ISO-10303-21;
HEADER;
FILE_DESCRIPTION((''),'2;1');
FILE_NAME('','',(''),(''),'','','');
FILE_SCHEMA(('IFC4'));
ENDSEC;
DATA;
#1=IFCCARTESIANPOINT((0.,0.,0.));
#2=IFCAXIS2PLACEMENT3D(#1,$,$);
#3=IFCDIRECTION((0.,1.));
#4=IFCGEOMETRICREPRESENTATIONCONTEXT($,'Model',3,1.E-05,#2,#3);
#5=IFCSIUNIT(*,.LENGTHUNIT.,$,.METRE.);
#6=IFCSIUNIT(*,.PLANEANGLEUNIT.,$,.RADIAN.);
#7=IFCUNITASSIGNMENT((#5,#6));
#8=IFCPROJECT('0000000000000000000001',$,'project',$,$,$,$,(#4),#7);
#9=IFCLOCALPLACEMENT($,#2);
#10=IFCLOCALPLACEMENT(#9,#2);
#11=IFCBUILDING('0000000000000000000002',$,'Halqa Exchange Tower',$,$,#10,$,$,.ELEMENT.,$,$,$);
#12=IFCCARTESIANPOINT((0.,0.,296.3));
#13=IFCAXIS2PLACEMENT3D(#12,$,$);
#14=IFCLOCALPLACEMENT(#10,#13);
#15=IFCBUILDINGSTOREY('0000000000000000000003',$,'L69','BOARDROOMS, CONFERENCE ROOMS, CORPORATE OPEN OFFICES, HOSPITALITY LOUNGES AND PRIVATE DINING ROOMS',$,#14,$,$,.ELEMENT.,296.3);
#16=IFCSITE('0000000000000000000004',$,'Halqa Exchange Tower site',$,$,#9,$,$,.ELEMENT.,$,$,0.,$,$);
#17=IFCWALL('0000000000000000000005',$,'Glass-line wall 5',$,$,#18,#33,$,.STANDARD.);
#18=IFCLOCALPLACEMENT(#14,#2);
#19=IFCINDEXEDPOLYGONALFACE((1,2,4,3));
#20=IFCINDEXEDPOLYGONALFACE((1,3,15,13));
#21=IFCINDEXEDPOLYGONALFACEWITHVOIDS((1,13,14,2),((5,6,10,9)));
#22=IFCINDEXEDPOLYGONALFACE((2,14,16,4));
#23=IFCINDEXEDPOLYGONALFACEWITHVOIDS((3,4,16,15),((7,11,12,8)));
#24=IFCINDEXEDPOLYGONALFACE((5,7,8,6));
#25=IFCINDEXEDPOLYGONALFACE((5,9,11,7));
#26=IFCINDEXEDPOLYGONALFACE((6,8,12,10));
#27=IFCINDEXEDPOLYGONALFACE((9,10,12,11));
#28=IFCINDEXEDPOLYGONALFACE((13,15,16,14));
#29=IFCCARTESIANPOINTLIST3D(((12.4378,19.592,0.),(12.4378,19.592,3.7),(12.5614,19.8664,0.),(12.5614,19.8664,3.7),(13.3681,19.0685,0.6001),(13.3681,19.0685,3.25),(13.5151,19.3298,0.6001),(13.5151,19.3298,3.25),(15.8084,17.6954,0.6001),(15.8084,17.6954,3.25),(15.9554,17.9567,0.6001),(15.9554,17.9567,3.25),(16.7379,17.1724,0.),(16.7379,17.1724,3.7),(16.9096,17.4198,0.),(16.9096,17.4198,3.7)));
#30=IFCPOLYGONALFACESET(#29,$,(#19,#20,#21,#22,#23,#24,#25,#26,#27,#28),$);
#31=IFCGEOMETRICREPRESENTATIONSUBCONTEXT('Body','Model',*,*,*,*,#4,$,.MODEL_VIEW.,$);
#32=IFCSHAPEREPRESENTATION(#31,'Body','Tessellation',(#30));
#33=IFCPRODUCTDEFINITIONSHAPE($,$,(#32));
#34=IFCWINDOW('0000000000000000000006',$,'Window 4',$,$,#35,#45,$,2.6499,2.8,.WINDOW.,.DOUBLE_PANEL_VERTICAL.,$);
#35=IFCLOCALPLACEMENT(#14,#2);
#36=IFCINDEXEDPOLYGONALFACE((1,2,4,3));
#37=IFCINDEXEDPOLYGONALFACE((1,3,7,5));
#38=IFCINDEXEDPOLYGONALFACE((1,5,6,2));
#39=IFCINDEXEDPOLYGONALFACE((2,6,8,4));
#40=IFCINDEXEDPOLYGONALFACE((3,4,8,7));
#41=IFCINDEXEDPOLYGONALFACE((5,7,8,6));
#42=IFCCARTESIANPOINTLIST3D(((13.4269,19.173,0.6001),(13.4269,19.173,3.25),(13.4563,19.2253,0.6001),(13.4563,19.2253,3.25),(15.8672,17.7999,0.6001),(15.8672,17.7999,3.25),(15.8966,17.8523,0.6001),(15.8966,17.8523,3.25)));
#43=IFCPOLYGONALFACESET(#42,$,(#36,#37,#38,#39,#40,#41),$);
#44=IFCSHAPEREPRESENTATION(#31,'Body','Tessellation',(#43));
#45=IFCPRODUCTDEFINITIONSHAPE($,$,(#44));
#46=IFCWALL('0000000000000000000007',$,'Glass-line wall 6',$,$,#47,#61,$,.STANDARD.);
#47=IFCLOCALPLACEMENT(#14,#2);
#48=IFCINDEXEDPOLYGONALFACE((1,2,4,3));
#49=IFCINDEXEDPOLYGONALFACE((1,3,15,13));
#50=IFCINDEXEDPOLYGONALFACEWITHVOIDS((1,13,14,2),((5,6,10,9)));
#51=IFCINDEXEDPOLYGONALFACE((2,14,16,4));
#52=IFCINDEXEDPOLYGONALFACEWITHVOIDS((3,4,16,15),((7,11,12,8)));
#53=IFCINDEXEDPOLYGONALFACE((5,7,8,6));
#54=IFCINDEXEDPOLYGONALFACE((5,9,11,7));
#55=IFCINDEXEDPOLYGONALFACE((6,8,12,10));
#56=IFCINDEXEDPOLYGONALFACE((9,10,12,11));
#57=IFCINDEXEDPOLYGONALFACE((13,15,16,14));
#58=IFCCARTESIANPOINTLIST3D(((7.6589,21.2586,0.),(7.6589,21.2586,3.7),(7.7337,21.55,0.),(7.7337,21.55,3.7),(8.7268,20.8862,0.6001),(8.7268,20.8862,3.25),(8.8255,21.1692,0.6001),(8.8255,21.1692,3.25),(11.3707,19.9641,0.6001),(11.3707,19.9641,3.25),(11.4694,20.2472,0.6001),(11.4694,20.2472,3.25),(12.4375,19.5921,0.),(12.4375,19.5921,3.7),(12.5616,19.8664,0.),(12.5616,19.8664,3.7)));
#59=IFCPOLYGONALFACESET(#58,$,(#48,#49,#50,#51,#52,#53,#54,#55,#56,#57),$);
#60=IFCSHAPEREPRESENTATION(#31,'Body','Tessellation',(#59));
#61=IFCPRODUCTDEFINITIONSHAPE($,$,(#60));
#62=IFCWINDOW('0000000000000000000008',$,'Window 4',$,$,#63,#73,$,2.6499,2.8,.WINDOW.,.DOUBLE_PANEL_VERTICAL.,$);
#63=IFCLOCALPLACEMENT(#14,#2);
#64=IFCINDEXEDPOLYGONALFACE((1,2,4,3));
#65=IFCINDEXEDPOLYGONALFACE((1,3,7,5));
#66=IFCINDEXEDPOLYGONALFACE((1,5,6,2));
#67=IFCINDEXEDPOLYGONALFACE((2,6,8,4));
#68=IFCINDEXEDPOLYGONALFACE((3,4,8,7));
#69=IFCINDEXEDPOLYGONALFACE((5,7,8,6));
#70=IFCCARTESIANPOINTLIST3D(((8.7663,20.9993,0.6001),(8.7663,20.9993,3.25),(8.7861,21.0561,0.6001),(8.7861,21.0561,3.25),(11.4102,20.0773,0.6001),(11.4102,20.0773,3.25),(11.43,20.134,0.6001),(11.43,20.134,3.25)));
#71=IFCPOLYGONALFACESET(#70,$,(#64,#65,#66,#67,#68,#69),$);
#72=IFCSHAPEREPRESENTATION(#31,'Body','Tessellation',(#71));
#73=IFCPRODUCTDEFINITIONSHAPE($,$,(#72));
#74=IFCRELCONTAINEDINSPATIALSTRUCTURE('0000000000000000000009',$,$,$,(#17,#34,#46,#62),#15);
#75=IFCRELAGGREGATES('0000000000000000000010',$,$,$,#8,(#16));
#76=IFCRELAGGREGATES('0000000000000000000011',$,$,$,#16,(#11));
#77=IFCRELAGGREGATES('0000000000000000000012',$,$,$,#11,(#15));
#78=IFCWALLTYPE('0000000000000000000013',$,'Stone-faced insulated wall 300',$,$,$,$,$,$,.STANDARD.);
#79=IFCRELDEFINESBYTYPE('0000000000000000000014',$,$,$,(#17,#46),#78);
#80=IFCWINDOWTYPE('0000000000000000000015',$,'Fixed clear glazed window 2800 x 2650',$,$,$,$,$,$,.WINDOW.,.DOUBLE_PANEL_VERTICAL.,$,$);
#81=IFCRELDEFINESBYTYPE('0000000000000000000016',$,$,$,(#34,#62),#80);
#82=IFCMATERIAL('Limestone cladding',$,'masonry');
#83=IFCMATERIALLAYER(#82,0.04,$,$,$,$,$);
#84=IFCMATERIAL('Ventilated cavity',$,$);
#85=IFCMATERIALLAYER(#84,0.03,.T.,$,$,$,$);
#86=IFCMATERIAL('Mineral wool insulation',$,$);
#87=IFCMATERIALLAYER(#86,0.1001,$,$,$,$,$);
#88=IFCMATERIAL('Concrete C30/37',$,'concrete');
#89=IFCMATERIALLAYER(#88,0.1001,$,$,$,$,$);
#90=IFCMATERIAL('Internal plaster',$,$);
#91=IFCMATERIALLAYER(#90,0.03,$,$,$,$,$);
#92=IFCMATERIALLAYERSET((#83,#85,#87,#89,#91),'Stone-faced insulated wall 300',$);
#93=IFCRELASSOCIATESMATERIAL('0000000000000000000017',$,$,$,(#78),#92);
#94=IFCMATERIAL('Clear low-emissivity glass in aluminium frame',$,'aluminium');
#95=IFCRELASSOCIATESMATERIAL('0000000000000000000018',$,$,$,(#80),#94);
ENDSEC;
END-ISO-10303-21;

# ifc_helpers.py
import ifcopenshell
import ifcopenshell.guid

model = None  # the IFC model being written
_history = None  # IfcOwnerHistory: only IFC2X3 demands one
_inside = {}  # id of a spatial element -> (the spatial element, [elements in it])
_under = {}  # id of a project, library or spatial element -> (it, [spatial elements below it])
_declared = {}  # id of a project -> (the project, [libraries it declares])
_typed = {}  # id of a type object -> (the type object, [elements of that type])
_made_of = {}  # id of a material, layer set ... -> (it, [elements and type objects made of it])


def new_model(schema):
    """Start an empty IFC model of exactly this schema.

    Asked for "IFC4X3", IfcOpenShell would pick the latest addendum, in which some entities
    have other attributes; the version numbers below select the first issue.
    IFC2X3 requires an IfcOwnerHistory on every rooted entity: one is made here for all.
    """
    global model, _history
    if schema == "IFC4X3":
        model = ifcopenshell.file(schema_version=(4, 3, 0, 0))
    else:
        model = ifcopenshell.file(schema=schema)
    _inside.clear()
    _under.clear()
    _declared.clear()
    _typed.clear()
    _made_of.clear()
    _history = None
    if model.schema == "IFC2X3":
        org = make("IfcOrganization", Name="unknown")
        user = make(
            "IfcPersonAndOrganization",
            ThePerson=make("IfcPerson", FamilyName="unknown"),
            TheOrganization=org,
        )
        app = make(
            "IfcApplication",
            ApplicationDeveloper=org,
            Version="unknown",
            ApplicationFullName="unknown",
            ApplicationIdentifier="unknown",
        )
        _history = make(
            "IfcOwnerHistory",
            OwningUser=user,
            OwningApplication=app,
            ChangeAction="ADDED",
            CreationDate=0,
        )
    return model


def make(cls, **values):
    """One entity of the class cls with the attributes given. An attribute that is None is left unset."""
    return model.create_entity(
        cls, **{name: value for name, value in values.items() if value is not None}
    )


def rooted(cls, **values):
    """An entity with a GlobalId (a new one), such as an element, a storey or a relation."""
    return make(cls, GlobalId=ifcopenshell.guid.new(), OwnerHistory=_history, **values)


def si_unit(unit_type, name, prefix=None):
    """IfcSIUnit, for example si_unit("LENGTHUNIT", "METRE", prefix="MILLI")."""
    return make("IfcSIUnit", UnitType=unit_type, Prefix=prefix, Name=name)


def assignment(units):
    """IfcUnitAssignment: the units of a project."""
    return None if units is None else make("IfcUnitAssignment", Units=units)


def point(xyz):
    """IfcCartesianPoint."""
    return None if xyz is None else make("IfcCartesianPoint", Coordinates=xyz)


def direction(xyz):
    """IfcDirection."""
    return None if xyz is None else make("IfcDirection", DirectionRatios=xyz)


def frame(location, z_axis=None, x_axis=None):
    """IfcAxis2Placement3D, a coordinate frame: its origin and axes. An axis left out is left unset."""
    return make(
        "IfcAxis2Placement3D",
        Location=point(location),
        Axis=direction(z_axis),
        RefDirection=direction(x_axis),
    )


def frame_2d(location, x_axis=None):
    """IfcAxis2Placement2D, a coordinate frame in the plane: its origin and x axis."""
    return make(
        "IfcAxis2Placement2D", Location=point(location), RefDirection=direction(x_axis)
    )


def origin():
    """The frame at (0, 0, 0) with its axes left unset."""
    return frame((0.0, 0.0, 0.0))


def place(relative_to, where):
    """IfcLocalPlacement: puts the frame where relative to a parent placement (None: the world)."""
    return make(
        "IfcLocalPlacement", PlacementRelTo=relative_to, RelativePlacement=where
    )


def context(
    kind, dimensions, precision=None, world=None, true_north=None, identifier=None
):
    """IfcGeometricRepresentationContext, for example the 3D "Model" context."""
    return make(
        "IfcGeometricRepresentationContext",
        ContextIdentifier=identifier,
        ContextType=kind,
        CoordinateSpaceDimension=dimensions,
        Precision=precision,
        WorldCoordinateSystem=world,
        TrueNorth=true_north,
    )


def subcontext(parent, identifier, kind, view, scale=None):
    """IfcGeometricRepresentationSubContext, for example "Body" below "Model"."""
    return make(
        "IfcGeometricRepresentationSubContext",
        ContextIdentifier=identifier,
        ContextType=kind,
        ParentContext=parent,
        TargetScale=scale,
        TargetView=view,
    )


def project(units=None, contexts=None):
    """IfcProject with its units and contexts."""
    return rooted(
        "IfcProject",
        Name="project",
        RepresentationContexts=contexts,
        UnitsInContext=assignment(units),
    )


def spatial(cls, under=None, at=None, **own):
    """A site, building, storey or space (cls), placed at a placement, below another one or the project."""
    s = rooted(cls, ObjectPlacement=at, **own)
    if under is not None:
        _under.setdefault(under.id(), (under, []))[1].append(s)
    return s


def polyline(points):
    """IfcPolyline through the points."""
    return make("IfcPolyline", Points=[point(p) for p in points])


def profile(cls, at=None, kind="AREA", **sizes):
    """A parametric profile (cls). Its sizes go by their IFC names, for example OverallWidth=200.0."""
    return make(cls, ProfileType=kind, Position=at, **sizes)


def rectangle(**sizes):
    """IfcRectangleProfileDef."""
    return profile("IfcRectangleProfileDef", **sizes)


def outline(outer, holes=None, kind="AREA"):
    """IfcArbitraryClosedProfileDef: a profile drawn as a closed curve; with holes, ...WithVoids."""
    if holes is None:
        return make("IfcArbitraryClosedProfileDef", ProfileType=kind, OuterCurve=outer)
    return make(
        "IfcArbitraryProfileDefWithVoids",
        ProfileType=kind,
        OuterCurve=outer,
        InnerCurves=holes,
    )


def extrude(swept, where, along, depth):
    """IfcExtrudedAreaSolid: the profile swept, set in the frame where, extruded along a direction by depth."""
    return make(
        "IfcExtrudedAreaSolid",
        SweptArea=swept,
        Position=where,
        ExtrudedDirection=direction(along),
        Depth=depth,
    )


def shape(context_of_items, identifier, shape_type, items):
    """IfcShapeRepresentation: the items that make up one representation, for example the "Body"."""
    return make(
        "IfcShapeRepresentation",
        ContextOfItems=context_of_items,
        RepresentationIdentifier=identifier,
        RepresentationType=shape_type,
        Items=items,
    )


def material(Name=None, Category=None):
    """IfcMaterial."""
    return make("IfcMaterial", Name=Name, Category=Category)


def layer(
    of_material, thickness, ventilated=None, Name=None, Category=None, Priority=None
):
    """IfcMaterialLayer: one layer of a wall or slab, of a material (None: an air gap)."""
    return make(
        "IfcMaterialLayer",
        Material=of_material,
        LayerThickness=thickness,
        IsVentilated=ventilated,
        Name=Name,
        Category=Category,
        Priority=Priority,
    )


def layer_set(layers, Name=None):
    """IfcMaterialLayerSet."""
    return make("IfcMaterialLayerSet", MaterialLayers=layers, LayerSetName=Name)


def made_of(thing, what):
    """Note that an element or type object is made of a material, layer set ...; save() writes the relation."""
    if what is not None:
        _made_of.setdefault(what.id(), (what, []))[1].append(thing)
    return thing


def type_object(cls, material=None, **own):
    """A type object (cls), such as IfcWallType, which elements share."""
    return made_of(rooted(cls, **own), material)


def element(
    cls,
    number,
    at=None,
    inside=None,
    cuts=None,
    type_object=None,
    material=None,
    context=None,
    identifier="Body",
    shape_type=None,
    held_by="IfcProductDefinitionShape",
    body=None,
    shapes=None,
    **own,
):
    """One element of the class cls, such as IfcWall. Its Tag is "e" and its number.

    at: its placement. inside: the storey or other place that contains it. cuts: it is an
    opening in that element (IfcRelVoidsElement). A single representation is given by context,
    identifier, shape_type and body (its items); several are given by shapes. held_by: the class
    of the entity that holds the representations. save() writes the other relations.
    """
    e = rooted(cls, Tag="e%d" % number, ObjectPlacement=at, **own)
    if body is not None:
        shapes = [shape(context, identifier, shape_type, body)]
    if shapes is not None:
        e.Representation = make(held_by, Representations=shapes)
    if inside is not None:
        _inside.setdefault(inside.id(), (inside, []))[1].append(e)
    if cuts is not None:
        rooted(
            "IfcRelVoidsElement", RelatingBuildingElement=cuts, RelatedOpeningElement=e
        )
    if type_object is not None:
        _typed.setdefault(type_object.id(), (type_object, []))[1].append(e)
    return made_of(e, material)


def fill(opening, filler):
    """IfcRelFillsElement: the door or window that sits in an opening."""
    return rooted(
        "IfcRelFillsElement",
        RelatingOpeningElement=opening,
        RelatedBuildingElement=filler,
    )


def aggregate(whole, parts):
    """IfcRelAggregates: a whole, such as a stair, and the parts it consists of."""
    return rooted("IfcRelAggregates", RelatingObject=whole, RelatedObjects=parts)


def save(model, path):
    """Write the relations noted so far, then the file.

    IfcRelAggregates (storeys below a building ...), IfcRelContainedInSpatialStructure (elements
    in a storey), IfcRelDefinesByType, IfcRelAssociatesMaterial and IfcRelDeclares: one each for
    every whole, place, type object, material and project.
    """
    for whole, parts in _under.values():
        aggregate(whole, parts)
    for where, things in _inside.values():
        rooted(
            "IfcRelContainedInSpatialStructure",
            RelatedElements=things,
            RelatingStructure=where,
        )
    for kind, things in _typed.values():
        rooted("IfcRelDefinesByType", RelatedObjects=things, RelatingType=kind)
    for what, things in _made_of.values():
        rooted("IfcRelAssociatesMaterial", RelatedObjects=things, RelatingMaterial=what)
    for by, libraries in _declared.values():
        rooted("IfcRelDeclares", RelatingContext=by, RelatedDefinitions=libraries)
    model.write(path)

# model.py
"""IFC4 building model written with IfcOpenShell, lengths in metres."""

from ifc_helpers import new_model, si_unit, direction, frame, frame_2d, origin, place, context, subcontext, project, spatial, polyline, rectangle, outline, extrude, material, layer, layer_set, type_object, element, fill, save


model = new_model("IFC4")

# Units and contexts
model_context = context("Model", 3, precision=1e-05, world=origin(), true_north=direction((0.0, 1.0)))
body_context = subcontext(model_context, "Body", "Model", "MODEL_VIEW")
ifc_project = project(units=[si_unit("LENGTHUNIT", "METRE"), si_unit("PLANEANGLEUNIT", "RADIAN")], contexts=[model_context])

# Site, building, storey
site_placement = place(None, origin())
site = spatial("IfcSite", under=ifc_project, at=site_placement, Name="Halqa Exchange Tower site", CompositionType="ELEMENT", RefElevation=0.0)
building_placement = place(site_placement, origin())
building = spatial("IfcBuilding", under=site, at=building_placement, Name="Halqa Exchange Tower", CompositionType="ELEMENT")
storey_placement = place(building_placement, frame((0.0, 0.0, 296.3)))
storey = spatial("IfcBuildingStorey", under=building, at=storey_placement, Name="L69", Description="BOARDROOMS, CONFERENCE ROOMS, CORPORATE OPEN OFFICES, HOSPITALITY LOUNGES AND PRIVATE DINING ROOMS", CompositionType="ELEMENT", Elevation=296.3)

# Shared definitions
ifc_material_1 = material(Name="Limestone cladding", Category="masonry")
ifc_layer_1 = layer(ifc_material_1, 0.04)
ifc_material_2 = material(Name="Ventilated cavity")
ifc_layer_2 = layer(ifc_material_2, 0.03, ventilated=True)
ifc_material_3 = material(Name="Mineral wool insulation")
ifc_layer_3 = layer(ifc_material_3, 0.1001)
ifc_material_4 = material(Name="Concrete C30/37", Category="concrete")
ifc_layer_4 = layer(ifc_material_4, 0.1001)
ifc_material_5 = material(Name="Internal plaster")
ifc_layer_5 = layer(ifc_material_5, 0.03)
ifc_layer_set = layer_set([ifc_layer_1, ifc_layer_2, ifc_layer_3, ifc_layer_4, ifc_layer_5], Name="Stone-faced insulated wall 300")
wall_type = type_object("IfcWallType", Name="Stone-faced insulated wall 300", PredefinedType="STANDARD", material=ifc_layer_set)
ifc_material_6 = material(Name="Clear low-emissivity glass in aluminium frame", Category="aluminium")

# Walls, openings, windows
wall_1_placement = place(storey_placement, frame((16.8237, 17.2961, 0.0), z_axis=(0.0, 0.0, 1.0), x_axis=(-0.871512, 0.490373, 0.0)))
wall_1 = element("IfcWall", 1, at=wall_1_placement, inside=storey, type_object=wall_type, Name="Glass-line wall 5", PredefinedType="STANDARD", context=body_context, shape_type="SweptSolid", body=[
    extrude(outline(polyline([(-0.0142, -0.1499), (4.9751, -0.1499), (4.9482, 0.1499), (0.0142, 0.1499), (-0.0142, -0.1499)])), origin(), (0.0, 0.0, 1.0), 3.7),
])
opening_1_placement = place(wall_1_placement, frame((1.0808, 0.0, 0.6001)))
opening_1 = element("IfcOpeningElement", 2, at=opening_1_placement, cuts=wall_1, PredefinedType="OPENING", context=body_context, shape_type="SweptSolid", body=[
    extrude(rectangle(XDim=2.8, YDim=2.6499, at=frame_2d((1.3999, 1.325))), frame((0.0, 0.1621, 0.0), z_axis=(0.0, -1.0, 0.0), x_axis=(1.0, 0.0, 0.0)), (0.0, 0.0, 1.0), 0.324),
])
window_type = type_object("IfcWindowType", Name="Fixed clear glazed window 2800 x 2650", PartitioningType="DOUBLE_PANEL_VERTICAL", PredefinedType="WINDOW", material=ifc_material_6)
window_1_placement = place(opening_1_placement, origin())
window_1 = element("IfcWindow", 3, at=window_1_placement, inside=storey, type_object=window_type, Name="Window 4", OverallHeight=2.6499, OverallWidth=2.8, PartitioningType="DOUBLE_PANEL_VERTICAL", PredefinedType="WINDOW", context=body_context, shape_type="SweptSolid", body=[
    extrude(rectangle(XDim=2.8, YDim=2.6499, at=frame_2d((1.3999, 1.325))), frame((0.0, 0.03, 0.0), z_axis=(0.0, -1.0, 0.0), x_axis=(1.0, 0.0, 0.0)), (0.0, 0.0, 1.0), 0.0601),
])
fill(opening_1, window_1)
wall_2_placement = place(storey_placement, frame((12.4995, 19.7292, 0.0), z_axis=(0.0, 0.0, 1.0), x_axis=(-0.94423, 0.329286, 0.0)))
wall_2 = element("IfcWall", 4, at=wall_2_placement, inside=storey, type_object=wall_type, Name="Glass-line wall 6", PredefinedType="STANDARD", context=body_context, shape_type="SweptSolid", body=[
    extrude(outline(polyline([(-0.0134, -0.1499), (5.0996, -0.1499), (5.0742, 0.1499), (0.0134, 0.1499), (-0.0134, -0.1499)])), origin(), (0.0, 0.0, 1.0), 3.7),
])
opening_2_placement = place(wall_2_placement, frame((1.1433, 0.0, 0.6001)))
opening_2 = element("IfcOpeningElement", 5, at=opening_2_placement, cuts=wall_2, PredefinedType="OPENING", context=body_context, shape_type="SweptSolid", body=[
    extrude(rectangle(XDim=2.8, YDim=2.6499, at=frame_2d((1.3999, 1.325))), frame((0.0, 0.1621, 0.0), z_axis=(0.0, -1.0, 0.0), x_axis=(1.0, 0.0, 0.0)), (0.0, 0.0, 1.0), 0.324),
])
window_2_placement = place(opening_2_placement, origin())
window_2 = element("IfcWindow", 6, at=window_2_placement, inside=storey, type_object=window_type, Name="Window 4", OverallHeight=2.6499, OverallWidth=2.8, PartitioningType="DOUBLE_PANEL_VERTICAL", PredefinedType="WINDOW", context=body_context, shape_type="SweptSolid", body=[
    extrude(rectangle(XDim=2.8, YDim=2.6499, at=frame_2d((1.3999, 1.325))), frame((0.0, 0.03, 0.0), z_axis=(0.0, -1.0, 0.0), x_axis=(1.0, 0.0, 0.0)), (0.0, 0.0, 1.0), 0.0601),
])
fill(opening_2, window_2)

save(model, "model.ifc")
